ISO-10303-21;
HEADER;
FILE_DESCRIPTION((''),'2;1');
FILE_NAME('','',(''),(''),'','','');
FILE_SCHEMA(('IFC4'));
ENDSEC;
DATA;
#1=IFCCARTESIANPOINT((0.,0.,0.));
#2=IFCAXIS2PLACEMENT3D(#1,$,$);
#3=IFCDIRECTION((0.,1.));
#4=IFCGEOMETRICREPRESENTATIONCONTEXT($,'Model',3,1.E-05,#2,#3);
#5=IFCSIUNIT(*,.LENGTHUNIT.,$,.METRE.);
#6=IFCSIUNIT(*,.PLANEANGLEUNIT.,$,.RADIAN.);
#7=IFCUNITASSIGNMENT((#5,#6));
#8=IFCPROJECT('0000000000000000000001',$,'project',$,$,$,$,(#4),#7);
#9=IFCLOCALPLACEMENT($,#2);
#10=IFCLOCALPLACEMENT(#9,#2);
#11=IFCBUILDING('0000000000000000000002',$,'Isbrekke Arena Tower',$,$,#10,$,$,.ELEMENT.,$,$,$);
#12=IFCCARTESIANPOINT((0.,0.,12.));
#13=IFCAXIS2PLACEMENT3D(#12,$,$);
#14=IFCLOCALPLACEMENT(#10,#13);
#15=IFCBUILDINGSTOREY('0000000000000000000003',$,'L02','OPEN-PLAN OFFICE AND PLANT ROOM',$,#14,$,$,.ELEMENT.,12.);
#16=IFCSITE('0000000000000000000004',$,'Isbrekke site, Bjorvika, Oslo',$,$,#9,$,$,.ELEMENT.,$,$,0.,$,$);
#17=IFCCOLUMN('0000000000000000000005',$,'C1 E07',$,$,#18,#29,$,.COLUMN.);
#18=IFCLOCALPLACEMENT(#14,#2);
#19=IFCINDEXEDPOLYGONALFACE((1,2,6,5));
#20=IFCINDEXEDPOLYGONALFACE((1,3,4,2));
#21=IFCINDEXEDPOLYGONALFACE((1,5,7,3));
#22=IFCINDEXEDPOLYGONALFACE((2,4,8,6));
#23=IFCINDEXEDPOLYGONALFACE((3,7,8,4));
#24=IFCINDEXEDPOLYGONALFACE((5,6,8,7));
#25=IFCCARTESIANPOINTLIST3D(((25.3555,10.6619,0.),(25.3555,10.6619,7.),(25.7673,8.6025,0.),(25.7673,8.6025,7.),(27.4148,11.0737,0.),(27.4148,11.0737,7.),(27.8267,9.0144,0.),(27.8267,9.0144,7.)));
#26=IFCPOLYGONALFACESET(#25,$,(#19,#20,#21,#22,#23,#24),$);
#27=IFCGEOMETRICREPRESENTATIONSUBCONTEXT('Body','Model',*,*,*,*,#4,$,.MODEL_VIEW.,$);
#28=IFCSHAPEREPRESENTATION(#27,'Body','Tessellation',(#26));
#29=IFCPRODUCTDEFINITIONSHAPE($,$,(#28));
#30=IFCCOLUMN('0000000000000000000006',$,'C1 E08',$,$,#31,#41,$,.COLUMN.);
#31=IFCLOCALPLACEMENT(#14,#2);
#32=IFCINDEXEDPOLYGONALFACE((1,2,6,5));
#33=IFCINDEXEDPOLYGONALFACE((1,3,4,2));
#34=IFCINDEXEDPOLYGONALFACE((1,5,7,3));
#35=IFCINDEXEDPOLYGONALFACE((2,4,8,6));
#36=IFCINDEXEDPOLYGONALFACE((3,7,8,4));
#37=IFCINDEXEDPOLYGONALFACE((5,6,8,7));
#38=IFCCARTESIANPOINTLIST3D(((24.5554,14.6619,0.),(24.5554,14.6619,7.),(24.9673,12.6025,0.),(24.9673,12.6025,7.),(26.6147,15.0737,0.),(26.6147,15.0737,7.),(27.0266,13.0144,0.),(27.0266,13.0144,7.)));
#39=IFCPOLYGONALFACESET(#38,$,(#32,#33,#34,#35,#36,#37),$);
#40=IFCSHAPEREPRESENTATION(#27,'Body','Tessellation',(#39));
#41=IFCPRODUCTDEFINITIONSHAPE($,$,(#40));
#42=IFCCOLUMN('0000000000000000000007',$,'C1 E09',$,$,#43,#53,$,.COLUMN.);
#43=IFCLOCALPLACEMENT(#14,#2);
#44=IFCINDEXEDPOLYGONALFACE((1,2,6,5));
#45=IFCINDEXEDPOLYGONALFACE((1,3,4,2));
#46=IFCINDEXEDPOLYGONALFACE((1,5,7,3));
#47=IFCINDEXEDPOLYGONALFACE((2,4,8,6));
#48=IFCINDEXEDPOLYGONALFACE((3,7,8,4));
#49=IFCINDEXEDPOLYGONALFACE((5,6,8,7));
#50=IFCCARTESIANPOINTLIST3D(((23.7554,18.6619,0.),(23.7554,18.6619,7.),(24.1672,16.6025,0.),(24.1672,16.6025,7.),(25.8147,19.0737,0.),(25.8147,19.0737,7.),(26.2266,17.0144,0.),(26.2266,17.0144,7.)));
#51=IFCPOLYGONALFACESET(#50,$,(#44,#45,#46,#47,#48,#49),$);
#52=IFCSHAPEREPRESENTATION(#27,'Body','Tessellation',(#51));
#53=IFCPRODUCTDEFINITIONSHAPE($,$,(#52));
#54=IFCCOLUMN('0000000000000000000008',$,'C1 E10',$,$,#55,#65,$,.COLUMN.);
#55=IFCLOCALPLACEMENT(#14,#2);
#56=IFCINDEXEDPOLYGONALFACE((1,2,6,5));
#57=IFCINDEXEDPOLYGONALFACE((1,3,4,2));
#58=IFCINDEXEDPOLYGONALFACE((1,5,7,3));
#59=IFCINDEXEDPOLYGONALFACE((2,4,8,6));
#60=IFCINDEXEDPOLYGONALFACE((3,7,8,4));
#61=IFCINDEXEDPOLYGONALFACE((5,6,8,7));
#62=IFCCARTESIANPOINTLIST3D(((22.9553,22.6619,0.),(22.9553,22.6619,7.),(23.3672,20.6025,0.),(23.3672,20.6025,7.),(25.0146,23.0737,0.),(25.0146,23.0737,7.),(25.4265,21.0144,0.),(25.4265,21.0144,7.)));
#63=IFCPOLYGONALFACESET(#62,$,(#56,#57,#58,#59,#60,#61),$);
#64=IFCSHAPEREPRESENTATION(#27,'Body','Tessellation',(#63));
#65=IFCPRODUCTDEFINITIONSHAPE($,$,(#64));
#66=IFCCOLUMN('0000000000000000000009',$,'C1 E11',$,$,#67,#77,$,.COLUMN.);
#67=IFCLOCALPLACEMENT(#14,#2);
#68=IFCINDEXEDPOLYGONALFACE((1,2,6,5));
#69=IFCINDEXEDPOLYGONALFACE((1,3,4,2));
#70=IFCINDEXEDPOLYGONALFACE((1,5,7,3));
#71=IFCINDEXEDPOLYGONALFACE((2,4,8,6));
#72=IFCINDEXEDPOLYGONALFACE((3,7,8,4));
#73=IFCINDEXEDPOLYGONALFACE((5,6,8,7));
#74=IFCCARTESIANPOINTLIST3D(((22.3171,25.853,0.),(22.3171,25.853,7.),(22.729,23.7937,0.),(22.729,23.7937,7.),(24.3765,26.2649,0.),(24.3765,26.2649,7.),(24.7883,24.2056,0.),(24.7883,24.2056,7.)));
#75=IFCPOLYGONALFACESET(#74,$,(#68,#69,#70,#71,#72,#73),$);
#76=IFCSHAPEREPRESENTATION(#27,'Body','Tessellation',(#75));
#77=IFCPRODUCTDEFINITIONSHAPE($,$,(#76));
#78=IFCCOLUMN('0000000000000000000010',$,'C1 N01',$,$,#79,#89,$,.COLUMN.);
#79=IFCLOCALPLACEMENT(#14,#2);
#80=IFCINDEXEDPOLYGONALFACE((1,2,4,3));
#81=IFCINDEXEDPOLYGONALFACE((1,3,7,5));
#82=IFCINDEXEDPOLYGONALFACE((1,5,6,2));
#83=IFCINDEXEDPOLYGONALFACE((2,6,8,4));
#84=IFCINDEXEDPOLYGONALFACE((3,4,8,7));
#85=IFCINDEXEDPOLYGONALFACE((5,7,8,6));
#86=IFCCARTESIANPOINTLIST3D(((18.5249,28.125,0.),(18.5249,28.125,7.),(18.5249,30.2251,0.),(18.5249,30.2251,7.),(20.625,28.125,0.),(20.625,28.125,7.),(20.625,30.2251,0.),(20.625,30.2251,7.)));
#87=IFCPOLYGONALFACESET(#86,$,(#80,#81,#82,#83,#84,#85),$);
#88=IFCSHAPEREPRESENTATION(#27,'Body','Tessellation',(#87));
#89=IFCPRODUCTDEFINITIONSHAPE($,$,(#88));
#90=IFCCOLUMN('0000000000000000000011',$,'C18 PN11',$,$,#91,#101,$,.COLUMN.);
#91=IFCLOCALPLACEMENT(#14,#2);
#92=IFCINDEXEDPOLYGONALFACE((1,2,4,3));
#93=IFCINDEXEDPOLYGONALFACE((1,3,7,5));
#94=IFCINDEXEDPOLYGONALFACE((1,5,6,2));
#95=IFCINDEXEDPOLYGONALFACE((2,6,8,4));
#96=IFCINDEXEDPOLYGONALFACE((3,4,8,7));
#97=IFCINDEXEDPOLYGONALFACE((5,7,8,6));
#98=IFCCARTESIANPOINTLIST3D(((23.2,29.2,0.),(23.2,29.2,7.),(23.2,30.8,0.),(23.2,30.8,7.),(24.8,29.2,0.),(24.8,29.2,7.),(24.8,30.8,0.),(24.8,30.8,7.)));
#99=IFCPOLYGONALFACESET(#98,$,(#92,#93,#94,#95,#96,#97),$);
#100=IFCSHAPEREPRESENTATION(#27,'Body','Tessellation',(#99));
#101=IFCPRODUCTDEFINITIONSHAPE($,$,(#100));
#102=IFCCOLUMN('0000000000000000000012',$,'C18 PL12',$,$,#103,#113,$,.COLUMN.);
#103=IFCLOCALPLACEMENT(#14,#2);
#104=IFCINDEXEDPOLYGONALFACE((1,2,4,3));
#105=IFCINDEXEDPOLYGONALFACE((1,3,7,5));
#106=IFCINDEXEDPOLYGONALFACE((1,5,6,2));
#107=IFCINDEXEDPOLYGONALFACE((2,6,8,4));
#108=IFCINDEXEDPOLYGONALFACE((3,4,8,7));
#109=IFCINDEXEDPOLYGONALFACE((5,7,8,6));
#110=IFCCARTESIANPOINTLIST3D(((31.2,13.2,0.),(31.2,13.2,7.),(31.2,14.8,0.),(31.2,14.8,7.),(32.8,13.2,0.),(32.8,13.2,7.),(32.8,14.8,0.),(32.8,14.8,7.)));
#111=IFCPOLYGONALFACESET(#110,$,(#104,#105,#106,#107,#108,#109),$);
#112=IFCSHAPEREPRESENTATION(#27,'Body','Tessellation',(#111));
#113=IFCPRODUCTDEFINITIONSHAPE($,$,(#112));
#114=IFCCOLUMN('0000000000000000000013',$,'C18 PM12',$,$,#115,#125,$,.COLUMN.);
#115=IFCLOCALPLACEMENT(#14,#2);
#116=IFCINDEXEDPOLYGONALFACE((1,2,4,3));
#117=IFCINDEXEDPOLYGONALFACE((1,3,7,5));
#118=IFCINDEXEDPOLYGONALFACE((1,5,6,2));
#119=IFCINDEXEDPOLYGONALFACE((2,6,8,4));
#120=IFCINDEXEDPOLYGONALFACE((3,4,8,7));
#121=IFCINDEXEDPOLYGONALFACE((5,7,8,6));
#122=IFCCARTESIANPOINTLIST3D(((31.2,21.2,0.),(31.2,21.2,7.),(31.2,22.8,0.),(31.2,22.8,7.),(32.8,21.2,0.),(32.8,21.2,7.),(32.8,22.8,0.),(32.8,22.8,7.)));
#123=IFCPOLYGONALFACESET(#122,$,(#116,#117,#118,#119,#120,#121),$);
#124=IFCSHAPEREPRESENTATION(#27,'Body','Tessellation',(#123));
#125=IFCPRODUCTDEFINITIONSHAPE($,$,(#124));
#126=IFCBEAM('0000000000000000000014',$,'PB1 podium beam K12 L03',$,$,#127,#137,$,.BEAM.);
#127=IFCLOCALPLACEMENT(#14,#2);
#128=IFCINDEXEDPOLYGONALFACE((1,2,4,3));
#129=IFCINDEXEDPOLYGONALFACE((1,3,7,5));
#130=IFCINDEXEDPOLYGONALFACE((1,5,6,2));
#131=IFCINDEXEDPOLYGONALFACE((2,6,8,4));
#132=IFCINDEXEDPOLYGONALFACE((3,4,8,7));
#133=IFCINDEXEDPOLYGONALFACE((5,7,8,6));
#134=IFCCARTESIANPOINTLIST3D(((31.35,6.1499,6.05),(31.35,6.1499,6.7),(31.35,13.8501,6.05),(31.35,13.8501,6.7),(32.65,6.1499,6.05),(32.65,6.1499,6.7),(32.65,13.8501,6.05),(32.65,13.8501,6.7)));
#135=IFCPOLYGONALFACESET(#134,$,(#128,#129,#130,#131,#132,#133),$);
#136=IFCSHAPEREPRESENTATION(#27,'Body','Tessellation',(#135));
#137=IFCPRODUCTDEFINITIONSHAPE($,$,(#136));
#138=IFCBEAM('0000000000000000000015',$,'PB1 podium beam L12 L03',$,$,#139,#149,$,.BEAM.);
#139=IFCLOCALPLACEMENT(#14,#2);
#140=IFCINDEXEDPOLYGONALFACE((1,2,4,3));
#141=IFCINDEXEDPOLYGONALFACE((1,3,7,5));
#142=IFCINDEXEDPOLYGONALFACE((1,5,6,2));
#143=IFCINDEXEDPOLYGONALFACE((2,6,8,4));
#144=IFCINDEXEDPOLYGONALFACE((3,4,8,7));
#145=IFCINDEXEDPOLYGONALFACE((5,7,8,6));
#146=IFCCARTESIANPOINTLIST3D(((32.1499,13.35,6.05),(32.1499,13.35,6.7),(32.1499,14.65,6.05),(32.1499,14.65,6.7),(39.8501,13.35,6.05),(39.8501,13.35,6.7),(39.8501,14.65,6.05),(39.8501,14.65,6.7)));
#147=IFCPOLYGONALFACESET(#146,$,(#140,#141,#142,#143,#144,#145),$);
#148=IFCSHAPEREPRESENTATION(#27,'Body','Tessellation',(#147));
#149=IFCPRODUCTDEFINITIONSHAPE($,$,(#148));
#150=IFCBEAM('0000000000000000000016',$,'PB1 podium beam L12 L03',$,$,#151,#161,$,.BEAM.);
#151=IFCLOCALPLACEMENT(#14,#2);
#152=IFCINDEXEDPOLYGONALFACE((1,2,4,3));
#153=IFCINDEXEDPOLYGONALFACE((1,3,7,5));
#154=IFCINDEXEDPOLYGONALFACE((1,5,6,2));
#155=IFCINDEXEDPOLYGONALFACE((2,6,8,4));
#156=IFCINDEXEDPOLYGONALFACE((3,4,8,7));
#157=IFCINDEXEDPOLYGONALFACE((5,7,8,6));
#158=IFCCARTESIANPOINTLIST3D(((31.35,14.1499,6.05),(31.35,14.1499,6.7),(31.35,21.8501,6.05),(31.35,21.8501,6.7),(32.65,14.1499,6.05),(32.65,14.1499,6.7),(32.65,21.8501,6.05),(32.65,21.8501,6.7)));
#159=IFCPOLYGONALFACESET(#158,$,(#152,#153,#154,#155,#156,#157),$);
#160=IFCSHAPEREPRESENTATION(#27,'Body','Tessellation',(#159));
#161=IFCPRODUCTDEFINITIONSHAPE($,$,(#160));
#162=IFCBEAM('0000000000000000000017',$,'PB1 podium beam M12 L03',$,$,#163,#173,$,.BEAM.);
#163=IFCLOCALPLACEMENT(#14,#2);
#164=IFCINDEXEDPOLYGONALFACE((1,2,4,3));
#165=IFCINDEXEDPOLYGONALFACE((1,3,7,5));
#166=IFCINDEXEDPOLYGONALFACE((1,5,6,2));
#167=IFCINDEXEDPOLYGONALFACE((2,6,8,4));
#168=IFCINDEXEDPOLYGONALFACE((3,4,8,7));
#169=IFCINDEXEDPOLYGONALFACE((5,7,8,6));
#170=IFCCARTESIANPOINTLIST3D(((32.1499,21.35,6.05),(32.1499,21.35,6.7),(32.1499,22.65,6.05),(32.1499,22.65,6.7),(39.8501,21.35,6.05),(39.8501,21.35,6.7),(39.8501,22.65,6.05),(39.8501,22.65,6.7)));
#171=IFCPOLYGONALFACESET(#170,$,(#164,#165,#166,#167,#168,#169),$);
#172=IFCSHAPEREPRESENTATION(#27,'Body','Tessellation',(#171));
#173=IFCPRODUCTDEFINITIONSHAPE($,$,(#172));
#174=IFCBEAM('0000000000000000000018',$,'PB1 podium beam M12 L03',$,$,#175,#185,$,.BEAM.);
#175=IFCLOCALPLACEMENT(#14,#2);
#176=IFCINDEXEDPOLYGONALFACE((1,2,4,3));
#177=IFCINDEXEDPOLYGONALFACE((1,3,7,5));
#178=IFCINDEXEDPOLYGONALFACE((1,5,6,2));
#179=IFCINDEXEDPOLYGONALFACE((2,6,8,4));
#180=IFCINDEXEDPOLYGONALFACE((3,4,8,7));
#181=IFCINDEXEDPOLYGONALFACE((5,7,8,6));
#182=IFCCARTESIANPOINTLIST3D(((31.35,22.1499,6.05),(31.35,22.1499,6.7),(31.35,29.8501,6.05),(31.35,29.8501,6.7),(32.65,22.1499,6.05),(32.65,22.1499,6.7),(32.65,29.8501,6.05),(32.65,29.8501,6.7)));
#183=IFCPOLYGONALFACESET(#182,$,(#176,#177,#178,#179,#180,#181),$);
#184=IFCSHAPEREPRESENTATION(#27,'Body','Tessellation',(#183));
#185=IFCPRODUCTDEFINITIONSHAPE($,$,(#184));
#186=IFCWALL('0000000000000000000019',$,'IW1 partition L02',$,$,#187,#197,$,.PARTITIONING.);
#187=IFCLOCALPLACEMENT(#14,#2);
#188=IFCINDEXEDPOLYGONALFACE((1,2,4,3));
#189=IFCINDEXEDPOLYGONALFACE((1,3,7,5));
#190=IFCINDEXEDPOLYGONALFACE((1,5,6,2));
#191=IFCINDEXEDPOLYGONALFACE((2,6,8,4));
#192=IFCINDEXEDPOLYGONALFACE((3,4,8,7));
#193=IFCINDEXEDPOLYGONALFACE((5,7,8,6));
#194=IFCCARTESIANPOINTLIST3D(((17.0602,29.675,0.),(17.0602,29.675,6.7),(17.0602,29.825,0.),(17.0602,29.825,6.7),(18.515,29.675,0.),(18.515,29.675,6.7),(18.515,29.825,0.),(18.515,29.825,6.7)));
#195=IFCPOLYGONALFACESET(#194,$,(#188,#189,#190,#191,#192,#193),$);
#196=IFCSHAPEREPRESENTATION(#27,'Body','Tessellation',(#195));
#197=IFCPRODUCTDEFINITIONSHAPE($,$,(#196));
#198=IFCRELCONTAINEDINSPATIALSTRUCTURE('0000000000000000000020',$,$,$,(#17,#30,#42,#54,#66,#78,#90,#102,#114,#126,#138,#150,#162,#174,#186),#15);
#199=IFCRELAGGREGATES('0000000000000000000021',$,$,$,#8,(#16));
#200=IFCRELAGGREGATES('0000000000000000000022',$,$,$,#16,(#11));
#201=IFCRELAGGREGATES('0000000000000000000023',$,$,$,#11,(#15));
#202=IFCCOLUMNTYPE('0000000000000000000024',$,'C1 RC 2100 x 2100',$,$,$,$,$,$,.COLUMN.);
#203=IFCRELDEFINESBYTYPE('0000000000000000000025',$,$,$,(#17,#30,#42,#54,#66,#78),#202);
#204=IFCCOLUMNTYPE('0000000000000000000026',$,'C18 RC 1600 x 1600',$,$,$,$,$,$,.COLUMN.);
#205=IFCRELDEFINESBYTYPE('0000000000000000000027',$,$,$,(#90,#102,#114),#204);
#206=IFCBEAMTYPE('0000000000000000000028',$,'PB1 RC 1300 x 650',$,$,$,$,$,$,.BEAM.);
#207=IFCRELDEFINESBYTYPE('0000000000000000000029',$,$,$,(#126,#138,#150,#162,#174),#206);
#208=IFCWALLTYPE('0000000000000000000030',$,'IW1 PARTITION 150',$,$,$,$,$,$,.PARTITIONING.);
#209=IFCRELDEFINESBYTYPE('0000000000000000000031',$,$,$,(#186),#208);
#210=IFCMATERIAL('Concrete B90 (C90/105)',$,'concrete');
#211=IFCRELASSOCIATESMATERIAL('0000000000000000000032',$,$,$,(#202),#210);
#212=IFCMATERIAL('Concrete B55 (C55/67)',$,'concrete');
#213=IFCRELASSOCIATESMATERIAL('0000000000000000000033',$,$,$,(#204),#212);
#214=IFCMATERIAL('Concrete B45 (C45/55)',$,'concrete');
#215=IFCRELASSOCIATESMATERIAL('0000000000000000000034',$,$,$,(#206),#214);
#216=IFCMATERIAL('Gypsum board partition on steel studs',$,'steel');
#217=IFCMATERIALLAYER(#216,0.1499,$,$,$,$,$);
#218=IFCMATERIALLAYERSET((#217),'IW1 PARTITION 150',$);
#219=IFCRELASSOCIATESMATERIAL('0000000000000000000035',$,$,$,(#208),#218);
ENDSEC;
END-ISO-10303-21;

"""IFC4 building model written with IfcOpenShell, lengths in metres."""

from ifc_helpers import new_model, si_unit, direction, frame, frame_2d, origin, origin_2d, place, context, subcontext, project, spatial, rectangle, extrude, material, layer, layer_set, material_profile, profile_set, type_object, element, save


model = new_model("IFC4")

# Units and contexts
model_context = context("Model", 3, precision=1e-05, world=origin(), true_north=direction((0.0, 1.0)))
body_context = subcontext(model_context, "Body", "Model", "MODEL_VIEW")
ifc_project = project(units=[si_unit("LENGTHUNIT", "METRE"), si_unit("PLANEANGLEUNIT", "RADIAN")], contexts=[model_context])

# Site, building, storey
site_placement = place(None, origin())
site = spatial("IfcSite", under=ifc_project, at=site_placement, Name="Isbrekke site, Bjorvika, Oslo", CompositionType="ELEMENT", RefElevation=0.0)
building_placement = place(site_placement, origin())
building = spatial("IfcBuilding", under=site, at=building_placement, Name="Isbrekke Arena Tower", CompositionType="ELEMENT")
storey_placement = place(building_placement, frame((0.0, 0.0, 12.0)))
storey = spatial("IfcBuildingStorey", under=building, at=storey_placement, Name="L02", Description="OPEN-PLAN OFFICE AND PLANT ROOM", CompositionType="ELEMENT", Elevation=12.0)

# Columns
ifc_material_1 = material(Name="Concrete B90 (C90/105)", Category="concrete")
ifc_material_profile_1 = material_profile(ifc_material_1, rectangle(XDim=2.1001, YDim=2.1001, at=origin_2d()), Name="RC 2100x2100")
ifc_profile_set_1 = profile_set([ifc_material_profile_1], Name="Concrete B90 (C90/105)")
column_type_1 = type_object("IfcColumnType", Name="C1 RC 2100 x 2100", PredefinedType="COLUMN", material=ifc_profile_set_1)
for number, where, z_axis, x_axis, name in (
    (1, (26.5911, 9.8381, 0.0), (0.0, 0.0, 1.0), (-0.196116, 0.980581, 0.0), "C1 E07"),
    (2, (25.791, 13.8381, 0.0), (0.0, 0.0, 1.0), (-0.196116, 0.980581, 0.0), "C1 E08"),
    (3, (24.991, 17.8381, 0.0), (0.0, 0.0, 1.0), (-0.196116, 0.980581, 0.0), "C1 E09"),
    (4, (24.1909, 21.8381, 0.0), (0.0, 0.0, 1.0), (-0.196116, 0.980581, 0.0), "C1 E10"),
    (5, (23.5527, 25.0293, 0.0), (0.0, 0.0, 1.0), (-0.196116, 0.980581, 0.0), "C1 E11"),
    (6, (19.575, 29.175, 0.0), (0.0, 0.0, 1.0), (-1.0, 0.0, 0.0), "C1 N01"),
):
    element("IfcColumn", number, at=place(storey_placement, frame(where, z_axis=z_axis, x_axis=x_axis)), inside=storey, type_object=column_type_1, Name=name, PredefinedType="COLUMN", context=body_context, shape_type="SweptSolid", body=[
        extrude(rectangle(XDim=2.1001, YDim=2.1001, at=origin_2d()), origin(), (0.0, 0.0, 1.0), 7.0),
    ])
ifc_material_2 = material(Name="Concrete B55 (C55/67)", Category="concrete")
ifc_material_profile_2 = material_profile(ifc_material_2, rectangle(XDim=1.6001, YDim=1.6001, at=origin_2d()), Name="RC 1600x1600")
ifc_profile_set_2 = profile_set([ifc_material_profile_2], Name="Concrete B55 (C55/67)")
column_type_2 = type_object("IfcColumnType", Name="C18 RC 1600 x 1600", PredefinedType="COLUMN", material=ifc_profile_set_2)
for number, where, z_axis, x_axis, name in (
    (7, (24.0, 30.0, 0.0), (0.0, 0.0, 1.0), (1.0, 0.0, 0.0), "C18 PN11"),
    (8, (32.0, 14.0, 0.0), (0.0, 0.0, 1.0), (1.0, 0.0, 0.0), "C18 PL12"),
    (9, (32.0, 22.0, 0.0), (0.0, 0.0, 1.0), (1.0, 0.0, 0.0), "C18 PM12"),
):
    element("IfcColumn", number, at=place(storey_placement, frame(where, z_axis=z_axis, x_axis=x_axis)), inside=storey, type_object=column_type_2, Name=name, PredefinedType="COLUMN", context=body_context, shape_type="SweptSolid", body=[
        extrude(rectangle(XDim=1.6001, YDim=1.6001, at=origin_2d()), origin(), (0.0, 0.0, 1.0), 7.0),
    ])

# Beams
ifc_material_3 = material(Name="Concrete B45 (C45/55)", Category="concrete")
ifc_material_profile_3 = material_profile(ifc_material_3, rectangle(XDim=1.3, YDim=0.6499, at=origin_2d()), Name="RC 1300x650")
ifc_profile_set_3 = profile_set([ifc_material_profile_3], Name="Concrete B45 (C45/55)")
beam_type = type_object("IfcBeamType", Name="PB1 RC 1300 x 650", PredefinedType="BEAM", material=ifc_profile_set_3)
for number, where, z_axis, x_axis, name in (
    (10, (32.0, 6.1499, 6.375), (0.0, 1.0, 0.0), (-1.0, 0.0, 0.0), "PB1 podium beam K12 L03"),
    (11, (32.1499, 14.0, 6.375), (1.0, 0.0, 0.0), (0.0, 1.0, 0.0), "PB1 podium beam L12 L03"),
    (12, (32.0, 14.1499, 6.375), (0.0, 1.0, 0.0), (-1.0, 0.0, 0.0), "PB1 podium beam L12 L03"),
    (13, (32.1499, 22.0, 6.375), (1.0, 0.0, 0.0), (0.0, 1.0, 0.0), "PB1 podium beam M12 L03"),
    (14, (32.0, 22.1499, 6.375), (0.0, 1.0, 0.0), (-1.0, 0.0, 0.0), "PB1 podium beam M12 L03"),
):
    element("IfcBeam", number, at=place(storey_placement, frame(where, z_axis=z_axis, x_axis=x_axis)), inside=storey, type_object=beam_type, Name=name, PredefinedType="BEAM", context=body_context, shape_type="SweptSolid", body=[
        extrude(rectangle(XDim=1.3, YDim=0.6499, at=origin_2d()), origin(), (0.0, 0.0, 1.0), 7.7002),
    ])

# Wall
ifc_material_4 = material(Name="Gypsum board partition on steel studs", Category="steel")
ifc_layer_1 = layer(ifc_material_4, 0.1499)
ifc_layer_set_1 = layer_set([ifc_layer_1], Name="IW1 PARTITION 150")
wall_type_1 = type_object("IfcWallType", Name="IW1 PARTITION 150", PredefinedType="PARTITIONING", material=ifc_layer_set_1)
wall_1_placement = place(storey_placement, frame((17.0601, 29.75, 0.0), z_axis=(0.0, 0.0, 1.0), x_axis=(1.0, 0.0, 0.0)))
element("IfcWall", 15, at=wall_1_placement, inside=storey, type_object=wall_type_1, Name="IW1 partition L02", PredefinedType="PARTITIONING", context=body_context, shape_type="SweptSolid", body=[
    extrude(rectangle(XDim=1.4548, YDim=0.1499, at=frame_2d((0.7275, 0.0))), origin(), (0.0, 0.0, 1.0), 6.7),
])

save(model, "model.ifc")
